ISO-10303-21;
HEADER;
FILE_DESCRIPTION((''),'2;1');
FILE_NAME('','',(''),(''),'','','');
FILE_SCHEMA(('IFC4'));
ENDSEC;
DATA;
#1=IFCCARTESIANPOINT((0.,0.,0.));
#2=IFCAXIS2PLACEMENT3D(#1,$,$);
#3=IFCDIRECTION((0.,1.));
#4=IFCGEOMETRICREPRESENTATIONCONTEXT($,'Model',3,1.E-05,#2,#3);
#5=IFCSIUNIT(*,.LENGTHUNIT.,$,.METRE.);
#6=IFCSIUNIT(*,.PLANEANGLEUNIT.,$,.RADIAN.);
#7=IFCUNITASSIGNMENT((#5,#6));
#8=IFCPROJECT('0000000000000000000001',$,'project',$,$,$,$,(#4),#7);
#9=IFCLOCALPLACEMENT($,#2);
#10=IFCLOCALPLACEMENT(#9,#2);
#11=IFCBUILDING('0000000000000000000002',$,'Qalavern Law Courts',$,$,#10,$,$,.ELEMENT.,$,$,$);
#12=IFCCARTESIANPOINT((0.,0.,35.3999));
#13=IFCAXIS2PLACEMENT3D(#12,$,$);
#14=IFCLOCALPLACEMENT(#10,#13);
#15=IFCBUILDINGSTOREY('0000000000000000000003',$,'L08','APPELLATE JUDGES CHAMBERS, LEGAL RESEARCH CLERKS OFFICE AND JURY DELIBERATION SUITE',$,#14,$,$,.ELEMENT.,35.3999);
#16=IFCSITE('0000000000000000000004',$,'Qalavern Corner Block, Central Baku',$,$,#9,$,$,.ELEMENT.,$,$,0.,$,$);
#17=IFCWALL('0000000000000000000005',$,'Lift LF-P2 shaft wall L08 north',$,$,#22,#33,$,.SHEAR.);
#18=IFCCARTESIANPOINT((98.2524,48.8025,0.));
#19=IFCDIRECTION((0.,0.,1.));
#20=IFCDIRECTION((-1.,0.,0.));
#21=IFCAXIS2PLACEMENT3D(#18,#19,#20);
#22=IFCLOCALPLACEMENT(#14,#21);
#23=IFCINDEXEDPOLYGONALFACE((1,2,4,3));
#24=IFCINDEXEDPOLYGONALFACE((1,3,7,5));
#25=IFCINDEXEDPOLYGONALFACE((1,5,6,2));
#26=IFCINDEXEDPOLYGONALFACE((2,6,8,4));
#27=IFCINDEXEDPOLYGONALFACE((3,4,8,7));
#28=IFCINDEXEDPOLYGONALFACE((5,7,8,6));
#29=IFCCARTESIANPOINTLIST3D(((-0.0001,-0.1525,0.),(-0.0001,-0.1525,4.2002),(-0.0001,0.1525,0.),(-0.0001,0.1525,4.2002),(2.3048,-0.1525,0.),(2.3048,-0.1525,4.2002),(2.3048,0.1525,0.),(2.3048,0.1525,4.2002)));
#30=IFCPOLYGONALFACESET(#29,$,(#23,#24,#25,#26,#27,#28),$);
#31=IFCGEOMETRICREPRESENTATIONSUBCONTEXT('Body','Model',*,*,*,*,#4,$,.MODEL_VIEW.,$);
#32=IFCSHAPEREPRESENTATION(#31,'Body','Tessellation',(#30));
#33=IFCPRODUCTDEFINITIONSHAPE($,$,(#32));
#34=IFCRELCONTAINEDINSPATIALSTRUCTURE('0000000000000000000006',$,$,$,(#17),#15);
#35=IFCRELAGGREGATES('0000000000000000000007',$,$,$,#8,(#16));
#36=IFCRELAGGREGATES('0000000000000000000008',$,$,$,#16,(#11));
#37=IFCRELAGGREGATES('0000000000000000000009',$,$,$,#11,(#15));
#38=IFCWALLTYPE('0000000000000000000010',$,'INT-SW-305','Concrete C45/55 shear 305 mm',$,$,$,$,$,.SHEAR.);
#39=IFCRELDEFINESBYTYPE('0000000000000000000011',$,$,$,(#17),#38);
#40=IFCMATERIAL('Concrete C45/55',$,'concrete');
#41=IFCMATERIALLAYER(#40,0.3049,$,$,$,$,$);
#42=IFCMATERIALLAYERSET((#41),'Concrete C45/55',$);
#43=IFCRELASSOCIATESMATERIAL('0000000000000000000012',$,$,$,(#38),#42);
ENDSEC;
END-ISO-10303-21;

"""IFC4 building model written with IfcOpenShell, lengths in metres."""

from ifc_helpers import new_model, si_unit, direction, frame, frame_2d, origin, place, context, subcontext, project, spatial, rectangle, extrude, material, layer, layer_set, type_object, element, save


model = new_model("IFC4")

# Units and contexts
model_context = context("Model", 3, precision=1e-05, world=origin(), true_north=direction((0.0, 1.0)))
body_context = subcontext(model_context, "Body", "Model", "MODEL_VIEW")
ifc_project = project(units=[si_unit("LENGTHUNIT", "METRE"), si_unit("PLANEANGLEUNIT", "RADIAN")], contexts=[model_context])

# Site, building, storey
site_placement = place(None, origin())
site = spatial("IfcSite", under=ifc_project, at=site_placement, Name="Qalavern Corner Block, Central Baku", CompositionType="ELEMENT", RefElevation=0.0)
building_placement = place(site_placement, origin())
building = spatial("IfcBuilding", under=site, at=building_placement, Name="Qalavern Law Courts", CompositionType="ELEMENT")
storey_placement = place(building_placement, frame((0.0, 0.0, 35.3999)))
storey = spatial("IfcBuildingStorey", under=building, at=storey_placement, Name="L08", Description="APPELLATE JUDGES CHAMBERS, LEGAL RESEARCH CLERKS OFFICE AND JURY DELIBERATION SUITE", CompositionType="ELEMENT", Elevation=35.3999)

# Shared definitions
ifc_material_1 = material(Name="Concrete C45/55", Category="concrete")

# Wall
ifc_layer_1 = layer(ifc_material_1, 0.3049)
ifc_layer_set_1 = layer_set([ifc_layer_1], Name="Concrete C45/55")
wall_type_1 = type_object("IfcWallType", Name="INT-SW-305", Description="Concrete C45/55 shear 305 mm", PredefinedType="SHEAR", material=ifc_layer_set_1)
wall_1_placement = place(storey_placement, frame((98.2524, 48.8025, 0.0), z_axis=(0.0, 0.0, 1.0), x_axis=(-1.0, 0.0, 0.0)))
element("IfcWall", 1, at=wall_1_placement, inside=storey, type_object=wall_type_1, Name="Lift LF-P2 shaft wall L08 north", PredefinedType="SHEAR", context=body_context, shape_type="SweptSolid", body=[
    extrude(rectangle(XDim=2.3049, YDim=0.3049, at=frame_2d((1.1523, 0.0))), origin(), (0.0, 0.0, 1.0), 4.2002),
])

save(model, "model.ifc")
